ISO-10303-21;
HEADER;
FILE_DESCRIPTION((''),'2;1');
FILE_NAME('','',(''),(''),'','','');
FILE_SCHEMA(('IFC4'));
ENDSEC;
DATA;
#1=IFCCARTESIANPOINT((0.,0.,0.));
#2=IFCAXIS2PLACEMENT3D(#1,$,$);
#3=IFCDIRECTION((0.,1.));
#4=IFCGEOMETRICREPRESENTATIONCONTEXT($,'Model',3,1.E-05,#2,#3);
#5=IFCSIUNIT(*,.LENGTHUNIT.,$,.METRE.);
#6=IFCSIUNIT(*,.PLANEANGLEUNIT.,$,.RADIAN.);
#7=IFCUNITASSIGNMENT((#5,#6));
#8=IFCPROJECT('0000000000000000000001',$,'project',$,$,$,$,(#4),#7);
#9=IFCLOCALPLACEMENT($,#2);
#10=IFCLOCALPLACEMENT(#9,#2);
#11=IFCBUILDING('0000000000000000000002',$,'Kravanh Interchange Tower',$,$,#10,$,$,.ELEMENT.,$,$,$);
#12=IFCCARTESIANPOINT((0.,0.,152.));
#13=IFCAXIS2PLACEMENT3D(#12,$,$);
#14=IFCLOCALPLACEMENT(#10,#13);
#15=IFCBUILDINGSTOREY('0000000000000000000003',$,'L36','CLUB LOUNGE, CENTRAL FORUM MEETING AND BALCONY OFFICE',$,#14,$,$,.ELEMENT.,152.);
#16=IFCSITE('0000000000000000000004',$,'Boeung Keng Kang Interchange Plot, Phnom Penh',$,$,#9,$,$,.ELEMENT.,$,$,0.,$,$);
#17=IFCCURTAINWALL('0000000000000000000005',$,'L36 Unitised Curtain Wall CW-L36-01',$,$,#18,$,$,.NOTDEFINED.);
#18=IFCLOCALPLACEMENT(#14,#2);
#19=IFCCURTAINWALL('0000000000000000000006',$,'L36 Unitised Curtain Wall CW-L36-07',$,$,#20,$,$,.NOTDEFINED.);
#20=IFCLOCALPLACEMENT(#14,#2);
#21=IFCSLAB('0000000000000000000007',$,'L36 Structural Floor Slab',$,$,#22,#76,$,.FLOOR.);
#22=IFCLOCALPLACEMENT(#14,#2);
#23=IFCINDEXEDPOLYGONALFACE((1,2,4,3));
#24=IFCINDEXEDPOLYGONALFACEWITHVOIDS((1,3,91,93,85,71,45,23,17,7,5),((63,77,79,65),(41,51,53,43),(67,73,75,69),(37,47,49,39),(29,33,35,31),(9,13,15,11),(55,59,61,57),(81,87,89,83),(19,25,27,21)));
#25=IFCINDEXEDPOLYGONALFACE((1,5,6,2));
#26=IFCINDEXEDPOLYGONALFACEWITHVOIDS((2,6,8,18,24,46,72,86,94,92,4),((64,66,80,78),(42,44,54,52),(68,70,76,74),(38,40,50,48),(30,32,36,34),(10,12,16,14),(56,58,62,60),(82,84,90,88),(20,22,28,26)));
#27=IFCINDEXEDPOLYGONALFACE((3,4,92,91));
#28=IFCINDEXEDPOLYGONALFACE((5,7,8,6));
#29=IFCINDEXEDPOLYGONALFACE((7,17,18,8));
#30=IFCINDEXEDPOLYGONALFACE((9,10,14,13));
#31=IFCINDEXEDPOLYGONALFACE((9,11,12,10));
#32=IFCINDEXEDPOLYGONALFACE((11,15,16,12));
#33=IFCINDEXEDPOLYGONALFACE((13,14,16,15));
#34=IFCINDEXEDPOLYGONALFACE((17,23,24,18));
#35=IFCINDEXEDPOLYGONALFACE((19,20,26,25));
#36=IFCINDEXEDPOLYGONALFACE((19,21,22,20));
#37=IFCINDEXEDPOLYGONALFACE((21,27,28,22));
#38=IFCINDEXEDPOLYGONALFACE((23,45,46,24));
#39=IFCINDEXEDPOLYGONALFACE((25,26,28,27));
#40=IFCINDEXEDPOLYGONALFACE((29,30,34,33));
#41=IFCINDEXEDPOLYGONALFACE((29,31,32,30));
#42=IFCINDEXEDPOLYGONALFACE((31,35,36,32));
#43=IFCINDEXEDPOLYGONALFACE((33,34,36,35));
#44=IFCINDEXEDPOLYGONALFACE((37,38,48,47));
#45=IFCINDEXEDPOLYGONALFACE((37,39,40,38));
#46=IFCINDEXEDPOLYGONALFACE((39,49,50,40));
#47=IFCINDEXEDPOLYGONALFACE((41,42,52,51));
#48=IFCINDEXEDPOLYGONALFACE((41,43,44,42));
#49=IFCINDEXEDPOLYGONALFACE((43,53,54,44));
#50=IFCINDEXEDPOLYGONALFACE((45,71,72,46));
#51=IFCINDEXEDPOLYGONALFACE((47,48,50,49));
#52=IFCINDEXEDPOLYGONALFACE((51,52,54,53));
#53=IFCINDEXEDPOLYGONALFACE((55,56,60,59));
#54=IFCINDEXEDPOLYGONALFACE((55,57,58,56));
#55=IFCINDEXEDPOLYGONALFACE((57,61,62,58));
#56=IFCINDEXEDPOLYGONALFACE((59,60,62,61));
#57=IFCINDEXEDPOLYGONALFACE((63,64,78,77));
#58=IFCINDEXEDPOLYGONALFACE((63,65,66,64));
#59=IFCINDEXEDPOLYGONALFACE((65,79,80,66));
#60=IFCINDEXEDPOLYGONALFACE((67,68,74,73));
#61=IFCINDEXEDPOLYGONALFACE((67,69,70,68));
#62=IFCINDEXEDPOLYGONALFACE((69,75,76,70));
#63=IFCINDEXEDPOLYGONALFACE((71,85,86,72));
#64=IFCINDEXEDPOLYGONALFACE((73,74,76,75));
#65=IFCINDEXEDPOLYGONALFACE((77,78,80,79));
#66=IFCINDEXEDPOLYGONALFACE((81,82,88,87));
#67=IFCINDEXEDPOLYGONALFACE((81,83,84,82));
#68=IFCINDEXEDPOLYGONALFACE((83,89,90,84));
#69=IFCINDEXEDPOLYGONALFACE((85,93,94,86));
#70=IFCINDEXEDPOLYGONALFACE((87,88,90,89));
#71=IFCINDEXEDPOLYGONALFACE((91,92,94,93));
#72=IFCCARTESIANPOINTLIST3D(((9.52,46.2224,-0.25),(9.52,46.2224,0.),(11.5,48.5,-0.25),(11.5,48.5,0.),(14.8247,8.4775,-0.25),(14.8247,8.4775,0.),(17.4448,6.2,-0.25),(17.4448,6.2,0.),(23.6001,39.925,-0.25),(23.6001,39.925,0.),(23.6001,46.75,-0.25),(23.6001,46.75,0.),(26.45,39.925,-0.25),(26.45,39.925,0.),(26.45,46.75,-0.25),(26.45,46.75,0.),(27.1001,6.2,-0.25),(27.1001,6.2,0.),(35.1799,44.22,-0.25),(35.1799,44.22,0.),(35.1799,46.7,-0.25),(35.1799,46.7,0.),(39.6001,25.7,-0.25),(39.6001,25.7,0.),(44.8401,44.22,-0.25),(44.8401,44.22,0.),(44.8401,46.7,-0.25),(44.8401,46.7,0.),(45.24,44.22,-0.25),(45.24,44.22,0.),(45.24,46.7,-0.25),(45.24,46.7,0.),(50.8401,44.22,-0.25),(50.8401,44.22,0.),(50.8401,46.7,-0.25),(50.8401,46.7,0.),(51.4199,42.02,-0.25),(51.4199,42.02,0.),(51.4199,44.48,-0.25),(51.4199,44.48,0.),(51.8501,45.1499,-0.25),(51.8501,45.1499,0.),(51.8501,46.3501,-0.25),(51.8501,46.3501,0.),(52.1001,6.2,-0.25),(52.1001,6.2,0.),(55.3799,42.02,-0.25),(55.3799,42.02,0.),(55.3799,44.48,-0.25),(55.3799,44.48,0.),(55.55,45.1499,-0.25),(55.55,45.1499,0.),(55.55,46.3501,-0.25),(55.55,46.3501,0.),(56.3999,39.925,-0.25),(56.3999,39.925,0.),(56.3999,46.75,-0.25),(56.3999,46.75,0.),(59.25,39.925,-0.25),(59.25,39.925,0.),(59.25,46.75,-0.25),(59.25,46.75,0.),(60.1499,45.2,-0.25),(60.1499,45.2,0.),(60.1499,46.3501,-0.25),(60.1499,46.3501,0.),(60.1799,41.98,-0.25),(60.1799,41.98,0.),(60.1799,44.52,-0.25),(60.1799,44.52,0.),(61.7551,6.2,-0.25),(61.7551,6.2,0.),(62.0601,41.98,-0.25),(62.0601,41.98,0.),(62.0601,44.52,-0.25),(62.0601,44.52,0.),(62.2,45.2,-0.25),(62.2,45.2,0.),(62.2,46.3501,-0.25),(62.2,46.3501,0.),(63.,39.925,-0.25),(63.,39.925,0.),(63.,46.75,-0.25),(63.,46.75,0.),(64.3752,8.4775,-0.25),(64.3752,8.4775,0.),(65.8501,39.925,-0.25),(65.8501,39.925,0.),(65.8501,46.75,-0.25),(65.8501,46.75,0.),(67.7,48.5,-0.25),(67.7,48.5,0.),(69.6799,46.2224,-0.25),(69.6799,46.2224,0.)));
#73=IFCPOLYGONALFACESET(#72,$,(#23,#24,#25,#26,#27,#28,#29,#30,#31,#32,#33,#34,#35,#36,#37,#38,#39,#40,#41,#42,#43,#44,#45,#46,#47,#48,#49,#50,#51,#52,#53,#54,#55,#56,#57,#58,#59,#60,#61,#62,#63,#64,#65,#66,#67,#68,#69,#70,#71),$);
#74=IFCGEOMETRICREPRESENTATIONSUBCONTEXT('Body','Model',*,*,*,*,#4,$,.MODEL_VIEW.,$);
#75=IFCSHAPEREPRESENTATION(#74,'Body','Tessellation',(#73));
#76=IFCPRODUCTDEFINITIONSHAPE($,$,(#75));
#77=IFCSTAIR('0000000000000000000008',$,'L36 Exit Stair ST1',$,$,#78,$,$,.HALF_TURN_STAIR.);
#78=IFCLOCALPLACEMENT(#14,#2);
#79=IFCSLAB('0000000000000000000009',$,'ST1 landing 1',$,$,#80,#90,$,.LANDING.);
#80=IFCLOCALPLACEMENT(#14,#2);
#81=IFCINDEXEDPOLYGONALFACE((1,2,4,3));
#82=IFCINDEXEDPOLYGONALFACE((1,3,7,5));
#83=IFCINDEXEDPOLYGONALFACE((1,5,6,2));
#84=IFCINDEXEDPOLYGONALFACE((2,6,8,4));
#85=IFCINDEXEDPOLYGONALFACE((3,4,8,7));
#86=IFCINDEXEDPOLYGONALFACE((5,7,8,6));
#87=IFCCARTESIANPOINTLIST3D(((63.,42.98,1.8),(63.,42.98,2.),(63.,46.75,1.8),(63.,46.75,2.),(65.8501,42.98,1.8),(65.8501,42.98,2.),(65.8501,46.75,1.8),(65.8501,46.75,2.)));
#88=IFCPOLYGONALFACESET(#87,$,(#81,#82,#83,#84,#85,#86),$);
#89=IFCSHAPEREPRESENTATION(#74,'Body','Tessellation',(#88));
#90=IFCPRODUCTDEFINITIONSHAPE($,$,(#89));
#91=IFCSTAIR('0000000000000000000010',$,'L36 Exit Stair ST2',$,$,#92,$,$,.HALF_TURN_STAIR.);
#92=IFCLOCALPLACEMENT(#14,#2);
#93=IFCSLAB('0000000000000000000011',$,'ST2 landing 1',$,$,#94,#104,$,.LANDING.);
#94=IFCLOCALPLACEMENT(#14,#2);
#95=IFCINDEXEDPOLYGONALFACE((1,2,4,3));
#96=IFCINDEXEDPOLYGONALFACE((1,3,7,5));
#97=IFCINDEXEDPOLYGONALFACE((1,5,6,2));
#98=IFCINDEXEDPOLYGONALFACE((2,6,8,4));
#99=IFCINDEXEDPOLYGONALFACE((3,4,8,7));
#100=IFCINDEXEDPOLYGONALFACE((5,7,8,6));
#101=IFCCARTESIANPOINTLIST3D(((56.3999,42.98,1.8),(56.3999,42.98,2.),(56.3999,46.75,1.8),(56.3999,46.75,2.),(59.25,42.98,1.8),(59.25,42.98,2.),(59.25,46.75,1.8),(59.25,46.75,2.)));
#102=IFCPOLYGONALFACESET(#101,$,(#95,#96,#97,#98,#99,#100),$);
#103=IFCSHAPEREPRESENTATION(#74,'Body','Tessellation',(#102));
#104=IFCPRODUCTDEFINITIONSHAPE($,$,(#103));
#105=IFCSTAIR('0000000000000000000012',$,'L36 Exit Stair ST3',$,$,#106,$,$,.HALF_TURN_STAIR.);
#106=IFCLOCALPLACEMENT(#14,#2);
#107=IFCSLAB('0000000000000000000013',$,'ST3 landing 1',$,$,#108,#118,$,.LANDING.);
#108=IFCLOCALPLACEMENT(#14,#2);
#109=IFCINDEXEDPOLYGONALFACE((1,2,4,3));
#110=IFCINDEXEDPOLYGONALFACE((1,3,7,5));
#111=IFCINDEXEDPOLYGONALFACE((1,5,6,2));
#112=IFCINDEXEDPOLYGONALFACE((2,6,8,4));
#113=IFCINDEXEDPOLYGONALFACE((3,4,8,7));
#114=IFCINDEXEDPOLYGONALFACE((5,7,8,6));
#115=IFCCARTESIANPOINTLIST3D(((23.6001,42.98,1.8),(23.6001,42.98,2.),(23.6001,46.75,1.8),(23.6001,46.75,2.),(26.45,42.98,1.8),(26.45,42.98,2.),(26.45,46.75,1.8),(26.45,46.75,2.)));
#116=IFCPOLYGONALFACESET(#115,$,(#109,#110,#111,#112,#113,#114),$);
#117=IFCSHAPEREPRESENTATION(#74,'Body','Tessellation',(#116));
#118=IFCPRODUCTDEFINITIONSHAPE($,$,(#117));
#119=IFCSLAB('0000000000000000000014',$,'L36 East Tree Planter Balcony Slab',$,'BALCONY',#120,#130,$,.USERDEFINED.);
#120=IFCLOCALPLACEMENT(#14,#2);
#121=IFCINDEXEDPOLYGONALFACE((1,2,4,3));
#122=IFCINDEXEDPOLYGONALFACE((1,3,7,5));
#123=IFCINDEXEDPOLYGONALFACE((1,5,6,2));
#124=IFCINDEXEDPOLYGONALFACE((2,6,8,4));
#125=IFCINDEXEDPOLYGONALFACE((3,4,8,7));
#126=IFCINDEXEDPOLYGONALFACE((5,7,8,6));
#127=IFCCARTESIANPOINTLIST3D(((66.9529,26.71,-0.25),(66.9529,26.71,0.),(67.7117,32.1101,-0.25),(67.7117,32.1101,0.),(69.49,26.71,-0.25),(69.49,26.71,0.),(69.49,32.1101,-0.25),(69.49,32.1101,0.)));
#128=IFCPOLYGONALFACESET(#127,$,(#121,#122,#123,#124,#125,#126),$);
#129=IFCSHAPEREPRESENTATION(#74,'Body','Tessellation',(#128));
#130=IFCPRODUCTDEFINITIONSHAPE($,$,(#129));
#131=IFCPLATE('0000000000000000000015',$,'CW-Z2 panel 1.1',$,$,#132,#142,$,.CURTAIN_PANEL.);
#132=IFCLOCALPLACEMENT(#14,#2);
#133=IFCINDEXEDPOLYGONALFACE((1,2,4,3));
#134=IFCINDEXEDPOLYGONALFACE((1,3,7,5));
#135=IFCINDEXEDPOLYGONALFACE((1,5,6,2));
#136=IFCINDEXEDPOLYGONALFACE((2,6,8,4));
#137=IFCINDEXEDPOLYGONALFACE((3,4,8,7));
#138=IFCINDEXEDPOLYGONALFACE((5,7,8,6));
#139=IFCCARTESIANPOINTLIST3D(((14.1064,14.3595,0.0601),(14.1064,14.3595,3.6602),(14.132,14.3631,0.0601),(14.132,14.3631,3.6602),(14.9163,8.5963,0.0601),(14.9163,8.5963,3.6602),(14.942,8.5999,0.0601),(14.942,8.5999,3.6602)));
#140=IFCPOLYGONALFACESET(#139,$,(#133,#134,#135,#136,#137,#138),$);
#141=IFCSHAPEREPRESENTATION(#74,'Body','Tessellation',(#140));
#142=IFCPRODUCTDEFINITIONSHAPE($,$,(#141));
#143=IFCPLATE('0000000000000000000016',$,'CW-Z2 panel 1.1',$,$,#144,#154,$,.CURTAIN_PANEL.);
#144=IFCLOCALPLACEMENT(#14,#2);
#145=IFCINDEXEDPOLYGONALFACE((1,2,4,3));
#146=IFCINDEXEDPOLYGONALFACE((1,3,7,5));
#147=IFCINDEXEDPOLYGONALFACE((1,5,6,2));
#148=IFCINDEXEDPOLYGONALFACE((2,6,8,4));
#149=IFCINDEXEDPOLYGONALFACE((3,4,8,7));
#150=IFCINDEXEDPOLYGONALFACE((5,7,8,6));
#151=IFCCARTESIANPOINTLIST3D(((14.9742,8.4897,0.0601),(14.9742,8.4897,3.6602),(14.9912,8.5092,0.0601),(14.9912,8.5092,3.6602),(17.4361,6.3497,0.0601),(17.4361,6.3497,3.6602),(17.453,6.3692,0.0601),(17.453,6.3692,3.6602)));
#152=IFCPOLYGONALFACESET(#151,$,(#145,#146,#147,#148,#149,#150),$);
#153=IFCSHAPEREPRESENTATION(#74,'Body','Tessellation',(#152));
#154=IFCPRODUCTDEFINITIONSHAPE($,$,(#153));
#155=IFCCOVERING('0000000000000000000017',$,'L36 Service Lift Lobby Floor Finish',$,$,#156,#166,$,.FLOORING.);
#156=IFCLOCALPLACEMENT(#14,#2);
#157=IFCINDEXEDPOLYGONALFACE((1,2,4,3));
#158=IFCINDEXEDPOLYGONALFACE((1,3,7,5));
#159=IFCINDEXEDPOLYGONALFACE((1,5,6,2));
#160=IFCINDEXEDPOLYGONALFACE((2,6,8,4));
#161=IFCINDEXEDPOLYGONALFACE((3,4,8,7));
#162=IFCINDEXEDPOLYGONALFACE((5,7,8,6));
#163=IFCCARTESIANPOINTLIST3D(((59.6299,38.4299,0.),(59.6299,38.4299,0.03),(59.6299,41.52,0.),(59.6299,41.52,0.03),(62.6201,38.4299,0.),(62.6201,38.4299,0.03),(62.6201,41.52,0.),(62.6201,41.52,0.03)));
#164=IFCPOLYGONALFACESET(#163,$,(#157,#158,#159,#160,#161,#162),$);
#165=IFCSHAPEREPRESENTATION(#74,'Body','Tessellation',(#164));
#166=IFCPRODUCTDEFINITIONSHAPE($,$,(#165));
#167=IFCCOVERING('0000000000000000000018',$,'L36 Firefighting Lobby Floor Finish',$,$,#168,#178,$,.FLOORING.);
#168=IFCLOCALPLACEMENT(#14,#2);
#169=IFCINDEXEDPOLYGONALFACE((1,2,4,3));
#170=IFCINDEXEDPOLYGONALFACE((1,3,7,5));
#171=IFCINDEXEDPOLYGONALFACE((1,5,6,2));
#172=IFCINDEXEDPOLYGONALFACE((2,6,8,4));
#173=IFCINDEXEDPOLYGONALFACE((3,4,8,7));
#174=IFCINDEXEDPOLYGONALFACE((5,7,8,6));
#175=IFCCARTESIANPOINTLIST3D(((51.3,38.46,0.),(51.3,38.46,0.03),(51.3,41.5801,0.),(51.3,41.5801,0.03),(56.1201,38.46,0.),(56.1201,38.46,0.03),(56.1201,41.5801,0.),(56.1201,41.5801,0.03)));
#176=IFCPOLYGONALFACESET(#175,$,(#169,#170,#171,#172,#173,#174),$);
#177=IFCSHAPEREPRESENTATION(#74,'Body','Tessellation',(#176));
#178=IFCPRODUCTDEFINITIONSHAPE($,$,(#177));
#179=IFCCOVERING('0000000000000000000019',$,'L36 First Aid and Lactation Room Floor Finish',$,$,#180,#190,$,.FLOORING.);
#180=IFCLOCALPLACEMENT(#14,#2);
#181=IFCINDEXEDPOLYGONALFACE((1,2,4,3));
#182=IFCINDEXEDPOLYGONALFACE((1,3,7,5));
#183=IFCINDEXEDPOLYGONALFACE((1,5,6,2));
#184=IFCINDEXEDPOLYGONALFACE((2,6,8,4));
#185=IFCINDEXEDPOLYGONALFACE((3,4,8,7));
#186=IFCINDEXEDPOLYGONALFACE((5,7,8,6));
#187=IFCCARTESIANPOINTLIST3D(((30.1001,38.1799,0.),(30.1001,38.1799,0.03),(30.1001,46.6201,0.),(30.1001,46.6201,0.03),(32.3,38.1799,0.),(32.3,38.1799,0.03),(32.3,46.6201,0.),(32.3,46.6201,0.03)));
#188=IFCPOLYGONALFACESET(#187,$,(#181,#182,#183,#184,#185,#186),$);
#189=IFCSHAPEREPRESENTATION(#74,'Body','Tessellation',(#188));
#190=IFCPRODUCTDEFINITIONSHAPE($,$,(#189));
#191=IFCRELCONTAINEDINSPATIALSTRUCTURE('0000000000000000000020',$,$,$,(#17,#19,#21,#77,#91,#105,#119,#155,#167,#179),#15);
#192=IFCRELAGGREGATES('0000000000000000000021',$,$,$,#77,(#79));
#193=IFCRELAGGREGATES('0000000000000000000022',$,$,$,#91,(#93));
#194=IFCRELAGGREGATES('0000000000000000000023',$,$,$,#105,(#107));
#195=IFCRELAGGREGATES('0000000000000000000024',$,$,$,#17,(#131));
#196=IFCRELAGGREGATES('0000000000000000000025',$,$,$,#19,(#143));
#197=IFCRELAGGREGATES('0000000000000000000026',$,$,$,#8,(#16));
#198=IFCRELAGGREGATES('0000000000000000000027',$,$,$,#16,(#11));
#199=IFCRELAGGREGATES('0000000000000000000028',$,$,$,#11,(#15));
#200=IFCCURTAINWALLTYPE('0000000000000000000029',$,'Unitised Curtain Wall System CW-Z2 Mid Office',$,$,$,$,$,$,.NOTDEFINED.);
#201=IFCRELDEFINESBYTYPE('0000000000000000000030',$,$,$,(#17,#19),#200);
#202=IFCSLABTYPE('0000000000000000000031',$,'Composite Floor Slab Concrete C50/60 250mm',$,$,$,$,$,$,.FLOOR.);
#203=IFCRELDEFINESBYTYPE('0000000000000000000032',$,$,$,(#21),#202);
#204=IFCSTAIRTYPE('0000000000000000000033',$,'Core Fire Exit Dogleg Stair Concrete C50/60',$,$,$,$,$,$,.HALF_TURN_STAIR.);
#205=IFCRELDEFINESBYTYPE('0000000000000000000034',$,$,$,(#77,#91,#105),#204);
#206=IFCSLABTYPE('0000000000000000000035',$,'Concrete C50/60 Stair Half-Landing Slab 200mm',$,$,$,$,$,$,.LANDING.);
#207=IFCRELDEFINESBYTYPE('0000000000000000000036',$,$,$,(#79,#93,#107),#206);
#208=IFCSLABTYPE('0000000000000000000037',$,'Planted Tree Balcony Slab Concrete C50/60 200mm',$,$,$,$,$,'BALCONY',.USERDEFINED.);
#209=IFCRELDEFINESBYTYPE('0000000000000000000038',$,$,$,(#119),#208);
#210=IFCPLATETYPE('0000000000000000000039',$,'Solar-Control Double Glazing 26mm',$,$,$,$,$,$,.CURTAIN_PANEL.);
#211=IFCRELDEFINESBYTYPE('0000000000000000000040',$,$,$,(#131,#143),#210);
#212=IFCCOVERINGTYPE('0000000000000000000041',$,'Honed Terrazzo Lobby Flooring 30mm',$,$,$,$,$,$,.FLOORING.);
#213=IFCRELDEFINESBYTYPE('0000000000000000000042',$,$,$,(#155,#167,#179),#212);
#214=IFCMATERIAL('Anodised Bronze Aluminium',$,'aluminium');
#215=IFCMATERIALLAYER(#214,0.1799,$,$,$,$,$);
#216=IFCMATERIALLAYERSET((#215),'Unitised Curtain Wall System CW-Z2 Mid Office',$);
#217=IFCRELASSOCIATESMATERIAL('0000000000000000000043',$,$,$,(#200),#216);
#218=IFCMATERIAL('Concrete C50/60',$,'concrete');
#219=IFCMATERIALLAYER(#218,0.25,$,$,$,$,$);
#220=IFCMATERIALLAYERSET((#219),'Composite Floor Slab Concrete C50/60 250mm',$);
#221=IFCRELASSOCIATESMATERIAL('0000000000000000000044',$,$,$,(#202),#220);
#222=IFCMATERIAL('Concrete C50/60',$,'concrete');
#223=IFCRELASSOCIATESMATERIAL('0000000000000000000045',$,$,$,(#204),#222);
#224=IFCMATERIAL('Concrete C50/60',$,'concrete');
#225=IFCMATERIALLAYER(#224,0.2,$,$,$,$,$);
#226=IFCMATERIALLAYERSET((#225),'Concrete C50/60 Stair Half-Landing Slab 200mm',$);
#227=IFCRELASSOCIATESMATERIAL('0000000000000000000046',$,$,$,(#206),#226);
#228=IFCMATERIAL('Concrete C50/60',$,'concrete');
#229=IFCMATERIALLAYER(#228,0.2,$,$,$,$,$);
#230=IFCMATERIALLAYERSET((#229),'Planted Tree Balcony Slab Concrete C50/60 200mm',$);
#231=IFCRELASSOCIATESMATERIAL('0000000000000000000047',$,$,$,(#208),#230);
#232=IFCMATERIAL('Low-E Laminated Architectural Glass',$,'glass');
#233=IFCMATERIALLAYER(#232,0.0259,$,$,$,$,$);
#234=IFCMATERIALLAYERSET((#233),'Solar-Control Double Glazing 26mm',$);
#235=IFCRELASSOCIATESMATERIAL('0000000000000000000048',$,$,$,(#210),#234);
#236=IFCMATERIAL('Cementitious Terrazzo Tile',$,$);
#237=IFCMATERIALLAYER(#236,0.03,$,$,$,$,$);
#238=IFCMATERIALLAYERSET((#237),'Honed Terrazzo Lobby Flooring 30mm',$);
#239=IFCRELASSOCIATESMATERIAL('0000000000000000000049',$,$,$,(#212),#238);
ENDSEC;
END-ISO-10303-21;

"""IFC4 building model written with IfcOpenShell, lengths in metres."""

from ifc_helpers import new_model, si_unit, direction, frame, origin, origin_2d, place, context, subcontext, project, spatial, polyline, rectangle, outline, extrude, material, layer, layer_set, type_object, element, aggregate, save


model = new_model("IFC4")

# Units and contexts
model_context = context("Model", 3, precision=1e-05, world=origin(), true_north=direction((0.0, 1.0)))
body_context = subcontext(model_context, "Body", "Model", "MODEL_VIEW")
ifc_project = project(units=[si_unit("LENGTHUNIT", "METRE"), si_unit("PLANEANGLEUNIT", "RADIAN")], contexts=[model_context])

# Site, building, storey
site_placement = place(None, origin())
site = spatial("IfcSite", under=ifc_project, at=site_placement, Name="Boeung Keng Kang Interchange Plot, Phnom Penh", CompositionType="ELEMENT", RefElevation=0.0)
building_placement = place(site_placement, origin())
building = spatial("IfcBuilding", under=site, at=building_placement, Name="Kravanh Interchange Tower", CompositionType="ELEMENT")
storey_placement = place(building_placement, frame((0.0, 0.0, 152.0)))
storey = spatial("IfcBuildingStorey", under=building, at=storey_placement, Name="L36", Description="CLUB LOUNGE, CENTRAL FORUM MEETING AND BALCONY OFFICE", CompositionType="ELEMENT", Elevation=152.0)

# Curtain walls
ifc_material_1 = material(Name="Anodised Bronze Aluminium", Category="aluminium")
ifc_layer_1 = layer(ifc_material_1, 0.1799)
ifc_layer_set_1 = layer_set([ifc_layer_1], Name="Unitised Curtain Wall System CW-Z2 Mid Office")
curtain_wall_type = type_object("IfcCurtainWallType", Name="Unitised Curtain Wall System CW-Z2 Mid Office", PredefinedType="NOTDEFINED", material=ifc_layer_set_1)
curtain_wall_1_placement = place(storey_placement, origin())
curtain_wall_1 = element("IfcCurtainWall", 1, at=curtain_wall_1_placement, inside=storey, type_object=curtain_wall_type, Name="L36 Unitised Curtain Wall CW-L36-01", PredefinedType="NOTDEFINED")
curtain_wall_2_placement = place(storey_placement, origin())
curtain_wall_2 = element("IfcCurtainWall", 2, at=curtain_wall_2_placement, inside=storey, type_object=curtain_wall_type, Name="L36 Unitised Curtain Wall CW-L36-07", PredefinedType="NOTDEFINED")

# Slab
ifc_material_2 = material(Name="Concrete C50/60", Category="concrete")
ifc_layer_2 = layer(ifc_material_2, 0.25)
ifc_layer_set_2 = layer_set([ifc_layer_2], Name="Composite Floor Slab Concrete C50/60 250mm")
slab_type_1 = type_object("IfcSlabType", Name="Composite Floor Slab Concrete C50/60 250mm", PredefinedType="FLOOR", material=ifc_layer_set_2)
slab_1_placement = place(storey_placement, frame((0.0, 0.0, -0.25)))
element("IfcSlab", 3, at=slab_1_placement, inside=storey, type_object=slab_type_1, Name="L36 Structural Floor Slab", PredefinedType="FLOOR", context=body_context, shape_type="SweptSolid", body=[
    extrude(outline(polyline([(14.8247, 8.4775), (17.4448, 6.2), (27.1001, 6.2), (39.6001, 25.7), (52.1001, 6.2), (61.7551, 6.2), (64.3752, 8.4775), (69.6799, 46.2224), (67.7, 48.5), (11.5, 48.5), (9.52, 46.2224), (14.8247, 8.4775)]), holes=[polyline([(65.8501, 39.925), (65.8501, 46.75), (63.0, 46.75), (63.0, 39.925), (65.8501, 39.925)]), polyline([(59.25, 39.925), (59.25, 46.75), (56.3999, 46.75), (56.3999, 39.925), (59.25, 39.925)]), polyline([(26.45, 39.925), (26.45, 46.75), (23.6001, 46.75), (23.6001, 39.925), (26.45, 39.925)]), polyline([(35.1799, 44.22), (44.8401, 44.22), (44.8401, 46.7), (35.1799, 46.7), (35.1799, 44.22)]), polyline([(45.24, 44.22), (50.8401, 44.22), (50.8401, 46.7), (45.24, 46.7), (45.24, 44.22)]), polyline([(51.4199, 42.02), (55.3799, 42.02), (55.3799, 44.48), (51.4199, 44.48), (51.4199, 42.02)]), polyline([(60.1799, 41.98), (62.0601, 41.98), (62.0601, 44.52), (60.1799, 44.52), (60.1799, 41.98)]), polyline([(60.1499, 45.2), (62.2, 45.2), (62.2, 46.3501), (60.1499, 46.3501), (60.1499, 45.2)]), polyline([(51.8501, 45.1499), (55.55, 45.1499), (55.55, 46.3501), (51.8501, 46.3501), (51.8501, 45.1499)])]), origin(), (0.0, 0.0, 1.0), 0.25),
])

# Stairs, slabs
ifc_material_3 = material(Name="Concrete C50/60", Category="concrete")
stair_type = type_object("IfcStairType", Name="Core Fire Exit Dogleg Stair Concrete C50/60", PredefinedType="HALF_TURN_STAIR", material=ifc_material_3)
stair_1_placement = place(storey_placement, origin())
stair_1 = element("IfcStair", 4, at=stair_1_placement, inside=storey, type_object=stair_type, Name="L36 Exit Stair ST1", PredefinedType="HALF_TURN_STAIR")
ifc_material_4 = material(Name="Concrete C50/60", Category="concrete")
ifc_layer_3 = layer(ifc_material_4, 0.2)
ifc_layer_set_3 = layer_set([ifc_layer_3], Name="Concrete C50/60 Stair Half-Landing Slab 200mm")
slab_type_2 = type_object("IfcSlabType", Name="Concrete C50/60 Stair Half-Landing Slab 200mm", PredefinedType="LANDING", material=ifc_layer_set_3)
slab_2_placement = place(storey_placement, frame((0.0, 0.0, 1.8)))
slab_2 = element("IfcSlab", 5, at=slab_2_placement, type_object=slab_type_2, Name="ST1 landing 1", PredefinedType="LANDING", context=body_context, shape_type="SweptSolid", body=[
    extrude(outline(polyline([(65.8501, 42.98), (65.8501, 46.75), (63.0, 46.75), (63.0, 42.98), (65.8501, 42.98)])), origin(), (0.0, 0.0, 1.0), 0.2),
])
aggregate(stair_1, [slab_2])
stair_2_placement = place(storey_placement, origin())
stair_2 = element("IfcStair", 6, at=stair_2_placement, inside=storey, type_object=stair_type, Name="L36 Exit Stair ST2", PredefinedType="HALF_TURN_STAIR")
slab_3_placement = place(storey_placement, frame((0.0, 0.0, 1.8)))
slab_3 = element("IfcSlab", 7, at=slab_3_placement, type_object=slab_type_2, Name="ST2 landing 1", PredefinedType="LANDING", context=body_context, shape_type="SweptSolid", body=[
    extrude(outline(polyline([(59.25, 42.98), (59.25, 46.75), (56.3999, 46.75), (56.3999, 42.98), (59.25, 42.98)])), origin(), (0.0, 0.0, 1.0), 0.2),
])
aggregate(stair_2, [slab_3])
stair_3_placement = place(storey_placement, origin())
stair_3 = element("IfcStair", 8, at=stair_3_placement, inside=storey, type_object=stair_type, Name="L36 Exit Stair ST3", PredefinedType="HALF_TURN_STAIR")
slab_4_placement = place(storey_placement, frame((0.0, 0.0, 1.8)))
slab_4 = element("IfcSlab", 9, at=slab_4_placement, type_object=slab_type_2, Name="ST3 landing 1", PredefinedType="LANDING", context=body_context, shape_type="SweptSolid", body=[
    extrude(outline(polyline([(26.45, 42.98), (26.45, 46.75), (23.6001, 46.75), (23.6001, 42.98), (26.45, 42.98)])), origin(), (0.0, 0.0, 1.0), 0.2),
])
aggregate(stair_3, [slab_4])

# Slab
ifc_material_5 = material(Name="Concrete C50/60", Category="concrete")
ifc_layer_4 = layer(ifc_material_5, 0.2)
ifc_layer_set_4 = layer_set([ifc_layer_4], Name="Planted Tree Balcony Slab Concrete C50/60 200mm")
slab_type_3 = type_object("IfcSlabType", Name="Planted Tree Balcony Slab Concrete C50/60 200mm", ElementType="BALCONY", PredefinedType="USERDEFINED", material=ifc_layer_set_4)
slab_5_placement = place(storey_placement, frame((0.0, 0.0, -0.25)))
element("IfcSlab", 10, at=slab_5_placement, inside=storey, type_object=slab_type_3, Name="L36 East Tree Planter Balcony Slab", ObjectType="BALCONY", PredefinedType="USERDEFINED", context=body_context, shape_type="SweptSolid", body=[
    extrude(outline(polyline([(69.49, 32.1101), (69.49, 26.71), (66.9529, 26.71), (67.7117, 32.1101), (69.49, 32.1101)])), origin(), (0.0, 0.0, 1.0), 0.25),
])

# Plates
ifc_material_6 = material(Name="Low-E Laminated Architectural Glass", Category="glass")
ifc_layer_5 = layer(ifc_material_6, 0.0259)
ifc_layer_set_5 = layer_set([ifc_layer_5], Name="Solar-Control Double Glazing 26mm")
plate_type = type_object("IfcPlateType", Name="Solar-Control Double Glazing 26mm", PredefinedType="CURTAIN_PANEL", material=ifc_layer_set_5)
plate_1_placement = place(storey_placement, frame((14.5242, 11.4797, 0.0601), z_axis=(0.0, 0.0, 1.0), x_axis=(-0.139173, 0.990268, 0.0)))
plate_1 = element("IfcPlate", 11, at=plate_1_placement, type_object=plate_type, Name="CW-Z2 panel 1.1", PredefinedType="CURTAIN_PANEL", context=body_context, shape_type="SweptSolid", body=[
    extrude(rectangle(XDim=5.8198, YDim=0.0259, at=origin_2d()), origin(), (0.0, 0.0, 1.0), 3.6001),
])
aggregate(curtain_wall_1, [plate_1])
plate_2_placement = place(storey_placement, frame((16.2136, 7.4294, 0.0601), z_axis=(0.0, 0.0, 1.0), x_axis=(-0.754719, 0.656048, 0.0)))
plate_2 = element("IfcPlate", 12, at=plate_2_placement, type_object=plate_type, Name="CW-Z2 panel 1.1", PredefinedType="CURTAIN_PANEL", context=body_context, shape_type="SweptSolid", body=[
    extrude(rectangle(XDim=3.262, YDim=0.0259, at=origin_2d()), origin(), (0.0, 0.0, 1.0), 3.6001),
])
aggregate(curtain_wall_2, [plate_2])

# Coverings
ifc_material_7 = material(Name="Cementitious Terrazzo Tile")
ifc_layer_6 = layer(ifc_material_7, 0.03)
ifc_layer_set_6 = layer_set([ifc_layer_6], Name="Honed Terrazzo Lobby Flooring 30mm")
covering_type_1 = type_object("IfcCoveringType", Name="Honed Terrazzo Lobby Flooring 30mm", PredefinedType="FLOORING", material=ifc_layer_set_6)
covering_1_placement = place(storey_placement, origin())
element("IfcCovering", 13, at=covering_1_placement, inside=storey, type_object=covering_type_1, Name="L36 Service Lift Lobby Floor Finish", PredefinedType="FLOORING", context=body_context, shape_type="SweptSolid", body=[
    extrude(outline(polyline([(59.6299, 41.52), (62.6201, 41.52), (62.6201, 38.4299), (59.6299, 38.4299), (59.6299, 41.52)])), origin(), (0.0, 0.0, 1.0), 0.03),
])
covering_2_placement = place(storey_placement, origin())
element("IfcCovering", 14, at=covering_2_placement, inside=storey, type_object=covering_type_1, Name="L36 Firefighting Lobby Floor Finish", PredefinedType="FLOORING", context=body_context, shape_type="SweptSolid", body=[
    extrude(outline(polyline([(56.1201, 38.46), (51.3, 38.46), (51.3, 41.5801), (56.1201, 41.5801), (56.1201, 38.46)])), origin(), (0.0, 0.0, 1.0), 0.03),
])
covering_3_placement = place(storey_placement, origin())
element("IfcCovering", 15, at=covering_3_placement, inside=storey, type_object=covering_type_1, Name="L36 First Aid and Lactation Room Floor Finish", PredefinedType="FLOORING", context=body_context, shape_type="SweptSolid", body=[
    extrude(outline(polyline([(30.1001, 46.6201), (32.3, 46.6201), (32.3, 38.1799), (30.1001, 38.1799), (30.1001, 46.6201)])), origin(), (0.0, 0.0, 1.0), 0.03),
])

save(model, "model.ifc")
